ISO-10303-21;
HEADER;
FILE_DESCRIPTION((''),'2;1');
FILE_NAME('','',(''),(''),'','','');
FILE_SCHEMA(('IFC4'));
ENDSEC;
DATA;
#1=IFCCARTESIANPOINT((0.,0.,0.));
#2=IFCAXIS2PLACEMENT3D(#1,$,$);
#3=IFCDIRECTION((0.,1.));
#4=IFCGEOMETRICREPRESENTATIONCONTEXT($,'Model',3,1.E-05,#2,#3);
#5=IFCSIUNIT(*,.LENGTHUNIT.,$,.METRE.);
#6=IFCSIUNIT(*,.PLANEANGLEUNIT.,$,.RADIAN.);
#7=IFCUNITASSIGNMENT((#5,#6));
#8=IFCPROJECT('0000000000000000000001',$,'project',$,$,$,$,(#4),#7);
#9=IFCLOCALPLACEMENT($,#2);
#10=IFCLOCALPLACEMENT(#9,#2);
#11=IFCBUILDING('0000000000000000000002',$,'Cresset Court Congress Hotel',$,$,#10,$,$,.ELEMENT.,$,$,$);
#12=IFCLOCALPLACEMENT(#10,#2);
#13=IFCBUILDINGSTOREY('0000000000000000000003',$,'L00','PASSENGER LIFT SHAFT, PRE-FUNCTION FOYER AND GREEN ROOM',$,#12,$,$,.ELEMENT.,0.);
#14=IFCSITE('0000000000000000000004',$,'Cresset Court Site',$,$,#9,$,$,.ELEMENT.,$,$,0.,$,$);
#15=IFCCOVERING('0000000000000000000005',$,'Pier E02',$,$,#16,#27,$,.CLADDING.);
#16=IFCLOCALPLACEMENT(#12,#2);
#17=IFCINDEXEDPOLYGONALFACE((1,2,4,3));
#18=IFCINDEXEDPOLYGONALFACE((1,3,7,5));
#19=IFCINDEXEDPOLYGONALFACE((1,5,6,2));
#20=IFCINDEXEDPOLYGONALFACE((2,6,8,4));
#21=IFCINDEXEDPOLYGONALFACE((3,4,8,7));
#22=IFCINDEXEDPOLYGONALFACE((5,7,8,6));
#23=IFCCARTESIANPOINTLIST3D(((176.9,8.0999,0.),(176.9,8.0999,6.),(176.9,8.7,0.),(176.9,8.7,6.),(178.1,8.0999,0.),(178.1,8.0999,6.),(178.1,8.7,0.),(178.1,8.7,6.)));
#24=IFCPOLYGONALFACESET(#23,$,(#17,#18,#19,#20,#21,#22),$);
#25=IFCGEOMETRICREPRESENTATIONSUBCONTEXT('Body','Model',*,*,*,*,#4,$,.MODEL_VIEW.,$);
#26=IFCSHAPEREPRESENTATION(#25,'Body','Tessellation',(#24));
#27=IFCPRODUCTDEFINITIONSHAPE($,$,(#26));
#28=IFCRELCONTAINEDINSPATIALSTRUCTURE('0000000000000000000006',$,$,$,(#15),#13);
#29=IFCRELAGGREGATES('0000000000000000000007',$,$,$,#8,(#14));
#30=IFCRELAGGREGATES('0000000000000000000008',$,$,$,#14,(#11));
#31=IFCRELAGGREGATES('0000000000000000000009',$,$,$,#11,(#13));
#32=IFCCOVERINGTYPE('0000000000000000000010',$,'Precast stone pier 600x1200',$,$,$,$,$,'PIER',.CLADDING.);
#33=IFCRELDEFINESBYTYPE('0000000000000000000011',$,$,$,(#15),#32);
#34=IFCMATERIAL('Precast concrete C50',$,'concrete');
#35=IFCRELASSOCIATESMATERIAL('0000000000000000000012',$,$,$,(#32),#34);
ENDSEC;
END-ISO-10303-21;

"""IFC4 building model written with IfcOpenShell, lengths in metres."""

from ifc_helpers import new_model, si_unit, direction, frame, origin, origin_2d, place, context, subcontext, project, spatial, rectangle, extrude, material, type_object, element, save


model = new_model("IFC4")

# Units and contexts
model_context = context("Model", 3, precision=1e-05, world=origin(), true_north=direction((0.0, 1.0)))
body_context = subcontext(model_context, "Body", "Model", "MODEL_VIEW")
ifc_project = project(units=[si_unit("LENGTHUNIT", "METRE"), si_unit("PLANEANGLEUNIT", "RADIAN")], contexts=[model_context])

# Site, building, storey
site_placement = place(None, origin())
site = spatial("IfcSite", under=ifc_project, at=site_placement, Name="Cresset Court Site", CompositionType="ELEMENT", RefElevation=0.0)
building_placement = place(site_placement, origin())
building = spatial("IfcBuilding", under=site, at=building_placement, Name="Cresset Court Congress Hotel", CompositionType="ELEMENT")
storey_placement = place(building_placement, origin())
storey = spatial("IfcBuildingStorey", under=building, at=storey_placement, Name="L00", Description="PASSENGER LIFT SHAFT, PRE-FUNCTION FOYER AND GREEN ROOM", CompositionType="ELEMENT", Elevation=0.0)

# Covering
ifc_material_1 = material(Name="Precast concrete C50", Category="concrete")
covering_type_1 = type_object("IfcCoveringType", Name="Precast stone pier 600x1200", ElementType="PIER", PredefinedType="CLADDING", material=ifc_material_1)
covering_placement = place(storey_placement, frame((177.5, 8.3999, 0.0), z_axis=(0.0, 0.0, 1.0), x_axis=(1.0, 0.0, 0.0)))
element("IfcCovering", 1, at=covering_placement, inside=storey, type_object=covering_type_1, Name="Pier E02", PredefinedType="CLADDING", context=body_context, shape_type="SweptSolid", body=[
    extrude(rectangle(XDim=1.2, YDim=0.6001, at=origin_2d()), origin(), (0.0, 0.0, 1.0), 6.0),
])

save(model, "model.ifc")
